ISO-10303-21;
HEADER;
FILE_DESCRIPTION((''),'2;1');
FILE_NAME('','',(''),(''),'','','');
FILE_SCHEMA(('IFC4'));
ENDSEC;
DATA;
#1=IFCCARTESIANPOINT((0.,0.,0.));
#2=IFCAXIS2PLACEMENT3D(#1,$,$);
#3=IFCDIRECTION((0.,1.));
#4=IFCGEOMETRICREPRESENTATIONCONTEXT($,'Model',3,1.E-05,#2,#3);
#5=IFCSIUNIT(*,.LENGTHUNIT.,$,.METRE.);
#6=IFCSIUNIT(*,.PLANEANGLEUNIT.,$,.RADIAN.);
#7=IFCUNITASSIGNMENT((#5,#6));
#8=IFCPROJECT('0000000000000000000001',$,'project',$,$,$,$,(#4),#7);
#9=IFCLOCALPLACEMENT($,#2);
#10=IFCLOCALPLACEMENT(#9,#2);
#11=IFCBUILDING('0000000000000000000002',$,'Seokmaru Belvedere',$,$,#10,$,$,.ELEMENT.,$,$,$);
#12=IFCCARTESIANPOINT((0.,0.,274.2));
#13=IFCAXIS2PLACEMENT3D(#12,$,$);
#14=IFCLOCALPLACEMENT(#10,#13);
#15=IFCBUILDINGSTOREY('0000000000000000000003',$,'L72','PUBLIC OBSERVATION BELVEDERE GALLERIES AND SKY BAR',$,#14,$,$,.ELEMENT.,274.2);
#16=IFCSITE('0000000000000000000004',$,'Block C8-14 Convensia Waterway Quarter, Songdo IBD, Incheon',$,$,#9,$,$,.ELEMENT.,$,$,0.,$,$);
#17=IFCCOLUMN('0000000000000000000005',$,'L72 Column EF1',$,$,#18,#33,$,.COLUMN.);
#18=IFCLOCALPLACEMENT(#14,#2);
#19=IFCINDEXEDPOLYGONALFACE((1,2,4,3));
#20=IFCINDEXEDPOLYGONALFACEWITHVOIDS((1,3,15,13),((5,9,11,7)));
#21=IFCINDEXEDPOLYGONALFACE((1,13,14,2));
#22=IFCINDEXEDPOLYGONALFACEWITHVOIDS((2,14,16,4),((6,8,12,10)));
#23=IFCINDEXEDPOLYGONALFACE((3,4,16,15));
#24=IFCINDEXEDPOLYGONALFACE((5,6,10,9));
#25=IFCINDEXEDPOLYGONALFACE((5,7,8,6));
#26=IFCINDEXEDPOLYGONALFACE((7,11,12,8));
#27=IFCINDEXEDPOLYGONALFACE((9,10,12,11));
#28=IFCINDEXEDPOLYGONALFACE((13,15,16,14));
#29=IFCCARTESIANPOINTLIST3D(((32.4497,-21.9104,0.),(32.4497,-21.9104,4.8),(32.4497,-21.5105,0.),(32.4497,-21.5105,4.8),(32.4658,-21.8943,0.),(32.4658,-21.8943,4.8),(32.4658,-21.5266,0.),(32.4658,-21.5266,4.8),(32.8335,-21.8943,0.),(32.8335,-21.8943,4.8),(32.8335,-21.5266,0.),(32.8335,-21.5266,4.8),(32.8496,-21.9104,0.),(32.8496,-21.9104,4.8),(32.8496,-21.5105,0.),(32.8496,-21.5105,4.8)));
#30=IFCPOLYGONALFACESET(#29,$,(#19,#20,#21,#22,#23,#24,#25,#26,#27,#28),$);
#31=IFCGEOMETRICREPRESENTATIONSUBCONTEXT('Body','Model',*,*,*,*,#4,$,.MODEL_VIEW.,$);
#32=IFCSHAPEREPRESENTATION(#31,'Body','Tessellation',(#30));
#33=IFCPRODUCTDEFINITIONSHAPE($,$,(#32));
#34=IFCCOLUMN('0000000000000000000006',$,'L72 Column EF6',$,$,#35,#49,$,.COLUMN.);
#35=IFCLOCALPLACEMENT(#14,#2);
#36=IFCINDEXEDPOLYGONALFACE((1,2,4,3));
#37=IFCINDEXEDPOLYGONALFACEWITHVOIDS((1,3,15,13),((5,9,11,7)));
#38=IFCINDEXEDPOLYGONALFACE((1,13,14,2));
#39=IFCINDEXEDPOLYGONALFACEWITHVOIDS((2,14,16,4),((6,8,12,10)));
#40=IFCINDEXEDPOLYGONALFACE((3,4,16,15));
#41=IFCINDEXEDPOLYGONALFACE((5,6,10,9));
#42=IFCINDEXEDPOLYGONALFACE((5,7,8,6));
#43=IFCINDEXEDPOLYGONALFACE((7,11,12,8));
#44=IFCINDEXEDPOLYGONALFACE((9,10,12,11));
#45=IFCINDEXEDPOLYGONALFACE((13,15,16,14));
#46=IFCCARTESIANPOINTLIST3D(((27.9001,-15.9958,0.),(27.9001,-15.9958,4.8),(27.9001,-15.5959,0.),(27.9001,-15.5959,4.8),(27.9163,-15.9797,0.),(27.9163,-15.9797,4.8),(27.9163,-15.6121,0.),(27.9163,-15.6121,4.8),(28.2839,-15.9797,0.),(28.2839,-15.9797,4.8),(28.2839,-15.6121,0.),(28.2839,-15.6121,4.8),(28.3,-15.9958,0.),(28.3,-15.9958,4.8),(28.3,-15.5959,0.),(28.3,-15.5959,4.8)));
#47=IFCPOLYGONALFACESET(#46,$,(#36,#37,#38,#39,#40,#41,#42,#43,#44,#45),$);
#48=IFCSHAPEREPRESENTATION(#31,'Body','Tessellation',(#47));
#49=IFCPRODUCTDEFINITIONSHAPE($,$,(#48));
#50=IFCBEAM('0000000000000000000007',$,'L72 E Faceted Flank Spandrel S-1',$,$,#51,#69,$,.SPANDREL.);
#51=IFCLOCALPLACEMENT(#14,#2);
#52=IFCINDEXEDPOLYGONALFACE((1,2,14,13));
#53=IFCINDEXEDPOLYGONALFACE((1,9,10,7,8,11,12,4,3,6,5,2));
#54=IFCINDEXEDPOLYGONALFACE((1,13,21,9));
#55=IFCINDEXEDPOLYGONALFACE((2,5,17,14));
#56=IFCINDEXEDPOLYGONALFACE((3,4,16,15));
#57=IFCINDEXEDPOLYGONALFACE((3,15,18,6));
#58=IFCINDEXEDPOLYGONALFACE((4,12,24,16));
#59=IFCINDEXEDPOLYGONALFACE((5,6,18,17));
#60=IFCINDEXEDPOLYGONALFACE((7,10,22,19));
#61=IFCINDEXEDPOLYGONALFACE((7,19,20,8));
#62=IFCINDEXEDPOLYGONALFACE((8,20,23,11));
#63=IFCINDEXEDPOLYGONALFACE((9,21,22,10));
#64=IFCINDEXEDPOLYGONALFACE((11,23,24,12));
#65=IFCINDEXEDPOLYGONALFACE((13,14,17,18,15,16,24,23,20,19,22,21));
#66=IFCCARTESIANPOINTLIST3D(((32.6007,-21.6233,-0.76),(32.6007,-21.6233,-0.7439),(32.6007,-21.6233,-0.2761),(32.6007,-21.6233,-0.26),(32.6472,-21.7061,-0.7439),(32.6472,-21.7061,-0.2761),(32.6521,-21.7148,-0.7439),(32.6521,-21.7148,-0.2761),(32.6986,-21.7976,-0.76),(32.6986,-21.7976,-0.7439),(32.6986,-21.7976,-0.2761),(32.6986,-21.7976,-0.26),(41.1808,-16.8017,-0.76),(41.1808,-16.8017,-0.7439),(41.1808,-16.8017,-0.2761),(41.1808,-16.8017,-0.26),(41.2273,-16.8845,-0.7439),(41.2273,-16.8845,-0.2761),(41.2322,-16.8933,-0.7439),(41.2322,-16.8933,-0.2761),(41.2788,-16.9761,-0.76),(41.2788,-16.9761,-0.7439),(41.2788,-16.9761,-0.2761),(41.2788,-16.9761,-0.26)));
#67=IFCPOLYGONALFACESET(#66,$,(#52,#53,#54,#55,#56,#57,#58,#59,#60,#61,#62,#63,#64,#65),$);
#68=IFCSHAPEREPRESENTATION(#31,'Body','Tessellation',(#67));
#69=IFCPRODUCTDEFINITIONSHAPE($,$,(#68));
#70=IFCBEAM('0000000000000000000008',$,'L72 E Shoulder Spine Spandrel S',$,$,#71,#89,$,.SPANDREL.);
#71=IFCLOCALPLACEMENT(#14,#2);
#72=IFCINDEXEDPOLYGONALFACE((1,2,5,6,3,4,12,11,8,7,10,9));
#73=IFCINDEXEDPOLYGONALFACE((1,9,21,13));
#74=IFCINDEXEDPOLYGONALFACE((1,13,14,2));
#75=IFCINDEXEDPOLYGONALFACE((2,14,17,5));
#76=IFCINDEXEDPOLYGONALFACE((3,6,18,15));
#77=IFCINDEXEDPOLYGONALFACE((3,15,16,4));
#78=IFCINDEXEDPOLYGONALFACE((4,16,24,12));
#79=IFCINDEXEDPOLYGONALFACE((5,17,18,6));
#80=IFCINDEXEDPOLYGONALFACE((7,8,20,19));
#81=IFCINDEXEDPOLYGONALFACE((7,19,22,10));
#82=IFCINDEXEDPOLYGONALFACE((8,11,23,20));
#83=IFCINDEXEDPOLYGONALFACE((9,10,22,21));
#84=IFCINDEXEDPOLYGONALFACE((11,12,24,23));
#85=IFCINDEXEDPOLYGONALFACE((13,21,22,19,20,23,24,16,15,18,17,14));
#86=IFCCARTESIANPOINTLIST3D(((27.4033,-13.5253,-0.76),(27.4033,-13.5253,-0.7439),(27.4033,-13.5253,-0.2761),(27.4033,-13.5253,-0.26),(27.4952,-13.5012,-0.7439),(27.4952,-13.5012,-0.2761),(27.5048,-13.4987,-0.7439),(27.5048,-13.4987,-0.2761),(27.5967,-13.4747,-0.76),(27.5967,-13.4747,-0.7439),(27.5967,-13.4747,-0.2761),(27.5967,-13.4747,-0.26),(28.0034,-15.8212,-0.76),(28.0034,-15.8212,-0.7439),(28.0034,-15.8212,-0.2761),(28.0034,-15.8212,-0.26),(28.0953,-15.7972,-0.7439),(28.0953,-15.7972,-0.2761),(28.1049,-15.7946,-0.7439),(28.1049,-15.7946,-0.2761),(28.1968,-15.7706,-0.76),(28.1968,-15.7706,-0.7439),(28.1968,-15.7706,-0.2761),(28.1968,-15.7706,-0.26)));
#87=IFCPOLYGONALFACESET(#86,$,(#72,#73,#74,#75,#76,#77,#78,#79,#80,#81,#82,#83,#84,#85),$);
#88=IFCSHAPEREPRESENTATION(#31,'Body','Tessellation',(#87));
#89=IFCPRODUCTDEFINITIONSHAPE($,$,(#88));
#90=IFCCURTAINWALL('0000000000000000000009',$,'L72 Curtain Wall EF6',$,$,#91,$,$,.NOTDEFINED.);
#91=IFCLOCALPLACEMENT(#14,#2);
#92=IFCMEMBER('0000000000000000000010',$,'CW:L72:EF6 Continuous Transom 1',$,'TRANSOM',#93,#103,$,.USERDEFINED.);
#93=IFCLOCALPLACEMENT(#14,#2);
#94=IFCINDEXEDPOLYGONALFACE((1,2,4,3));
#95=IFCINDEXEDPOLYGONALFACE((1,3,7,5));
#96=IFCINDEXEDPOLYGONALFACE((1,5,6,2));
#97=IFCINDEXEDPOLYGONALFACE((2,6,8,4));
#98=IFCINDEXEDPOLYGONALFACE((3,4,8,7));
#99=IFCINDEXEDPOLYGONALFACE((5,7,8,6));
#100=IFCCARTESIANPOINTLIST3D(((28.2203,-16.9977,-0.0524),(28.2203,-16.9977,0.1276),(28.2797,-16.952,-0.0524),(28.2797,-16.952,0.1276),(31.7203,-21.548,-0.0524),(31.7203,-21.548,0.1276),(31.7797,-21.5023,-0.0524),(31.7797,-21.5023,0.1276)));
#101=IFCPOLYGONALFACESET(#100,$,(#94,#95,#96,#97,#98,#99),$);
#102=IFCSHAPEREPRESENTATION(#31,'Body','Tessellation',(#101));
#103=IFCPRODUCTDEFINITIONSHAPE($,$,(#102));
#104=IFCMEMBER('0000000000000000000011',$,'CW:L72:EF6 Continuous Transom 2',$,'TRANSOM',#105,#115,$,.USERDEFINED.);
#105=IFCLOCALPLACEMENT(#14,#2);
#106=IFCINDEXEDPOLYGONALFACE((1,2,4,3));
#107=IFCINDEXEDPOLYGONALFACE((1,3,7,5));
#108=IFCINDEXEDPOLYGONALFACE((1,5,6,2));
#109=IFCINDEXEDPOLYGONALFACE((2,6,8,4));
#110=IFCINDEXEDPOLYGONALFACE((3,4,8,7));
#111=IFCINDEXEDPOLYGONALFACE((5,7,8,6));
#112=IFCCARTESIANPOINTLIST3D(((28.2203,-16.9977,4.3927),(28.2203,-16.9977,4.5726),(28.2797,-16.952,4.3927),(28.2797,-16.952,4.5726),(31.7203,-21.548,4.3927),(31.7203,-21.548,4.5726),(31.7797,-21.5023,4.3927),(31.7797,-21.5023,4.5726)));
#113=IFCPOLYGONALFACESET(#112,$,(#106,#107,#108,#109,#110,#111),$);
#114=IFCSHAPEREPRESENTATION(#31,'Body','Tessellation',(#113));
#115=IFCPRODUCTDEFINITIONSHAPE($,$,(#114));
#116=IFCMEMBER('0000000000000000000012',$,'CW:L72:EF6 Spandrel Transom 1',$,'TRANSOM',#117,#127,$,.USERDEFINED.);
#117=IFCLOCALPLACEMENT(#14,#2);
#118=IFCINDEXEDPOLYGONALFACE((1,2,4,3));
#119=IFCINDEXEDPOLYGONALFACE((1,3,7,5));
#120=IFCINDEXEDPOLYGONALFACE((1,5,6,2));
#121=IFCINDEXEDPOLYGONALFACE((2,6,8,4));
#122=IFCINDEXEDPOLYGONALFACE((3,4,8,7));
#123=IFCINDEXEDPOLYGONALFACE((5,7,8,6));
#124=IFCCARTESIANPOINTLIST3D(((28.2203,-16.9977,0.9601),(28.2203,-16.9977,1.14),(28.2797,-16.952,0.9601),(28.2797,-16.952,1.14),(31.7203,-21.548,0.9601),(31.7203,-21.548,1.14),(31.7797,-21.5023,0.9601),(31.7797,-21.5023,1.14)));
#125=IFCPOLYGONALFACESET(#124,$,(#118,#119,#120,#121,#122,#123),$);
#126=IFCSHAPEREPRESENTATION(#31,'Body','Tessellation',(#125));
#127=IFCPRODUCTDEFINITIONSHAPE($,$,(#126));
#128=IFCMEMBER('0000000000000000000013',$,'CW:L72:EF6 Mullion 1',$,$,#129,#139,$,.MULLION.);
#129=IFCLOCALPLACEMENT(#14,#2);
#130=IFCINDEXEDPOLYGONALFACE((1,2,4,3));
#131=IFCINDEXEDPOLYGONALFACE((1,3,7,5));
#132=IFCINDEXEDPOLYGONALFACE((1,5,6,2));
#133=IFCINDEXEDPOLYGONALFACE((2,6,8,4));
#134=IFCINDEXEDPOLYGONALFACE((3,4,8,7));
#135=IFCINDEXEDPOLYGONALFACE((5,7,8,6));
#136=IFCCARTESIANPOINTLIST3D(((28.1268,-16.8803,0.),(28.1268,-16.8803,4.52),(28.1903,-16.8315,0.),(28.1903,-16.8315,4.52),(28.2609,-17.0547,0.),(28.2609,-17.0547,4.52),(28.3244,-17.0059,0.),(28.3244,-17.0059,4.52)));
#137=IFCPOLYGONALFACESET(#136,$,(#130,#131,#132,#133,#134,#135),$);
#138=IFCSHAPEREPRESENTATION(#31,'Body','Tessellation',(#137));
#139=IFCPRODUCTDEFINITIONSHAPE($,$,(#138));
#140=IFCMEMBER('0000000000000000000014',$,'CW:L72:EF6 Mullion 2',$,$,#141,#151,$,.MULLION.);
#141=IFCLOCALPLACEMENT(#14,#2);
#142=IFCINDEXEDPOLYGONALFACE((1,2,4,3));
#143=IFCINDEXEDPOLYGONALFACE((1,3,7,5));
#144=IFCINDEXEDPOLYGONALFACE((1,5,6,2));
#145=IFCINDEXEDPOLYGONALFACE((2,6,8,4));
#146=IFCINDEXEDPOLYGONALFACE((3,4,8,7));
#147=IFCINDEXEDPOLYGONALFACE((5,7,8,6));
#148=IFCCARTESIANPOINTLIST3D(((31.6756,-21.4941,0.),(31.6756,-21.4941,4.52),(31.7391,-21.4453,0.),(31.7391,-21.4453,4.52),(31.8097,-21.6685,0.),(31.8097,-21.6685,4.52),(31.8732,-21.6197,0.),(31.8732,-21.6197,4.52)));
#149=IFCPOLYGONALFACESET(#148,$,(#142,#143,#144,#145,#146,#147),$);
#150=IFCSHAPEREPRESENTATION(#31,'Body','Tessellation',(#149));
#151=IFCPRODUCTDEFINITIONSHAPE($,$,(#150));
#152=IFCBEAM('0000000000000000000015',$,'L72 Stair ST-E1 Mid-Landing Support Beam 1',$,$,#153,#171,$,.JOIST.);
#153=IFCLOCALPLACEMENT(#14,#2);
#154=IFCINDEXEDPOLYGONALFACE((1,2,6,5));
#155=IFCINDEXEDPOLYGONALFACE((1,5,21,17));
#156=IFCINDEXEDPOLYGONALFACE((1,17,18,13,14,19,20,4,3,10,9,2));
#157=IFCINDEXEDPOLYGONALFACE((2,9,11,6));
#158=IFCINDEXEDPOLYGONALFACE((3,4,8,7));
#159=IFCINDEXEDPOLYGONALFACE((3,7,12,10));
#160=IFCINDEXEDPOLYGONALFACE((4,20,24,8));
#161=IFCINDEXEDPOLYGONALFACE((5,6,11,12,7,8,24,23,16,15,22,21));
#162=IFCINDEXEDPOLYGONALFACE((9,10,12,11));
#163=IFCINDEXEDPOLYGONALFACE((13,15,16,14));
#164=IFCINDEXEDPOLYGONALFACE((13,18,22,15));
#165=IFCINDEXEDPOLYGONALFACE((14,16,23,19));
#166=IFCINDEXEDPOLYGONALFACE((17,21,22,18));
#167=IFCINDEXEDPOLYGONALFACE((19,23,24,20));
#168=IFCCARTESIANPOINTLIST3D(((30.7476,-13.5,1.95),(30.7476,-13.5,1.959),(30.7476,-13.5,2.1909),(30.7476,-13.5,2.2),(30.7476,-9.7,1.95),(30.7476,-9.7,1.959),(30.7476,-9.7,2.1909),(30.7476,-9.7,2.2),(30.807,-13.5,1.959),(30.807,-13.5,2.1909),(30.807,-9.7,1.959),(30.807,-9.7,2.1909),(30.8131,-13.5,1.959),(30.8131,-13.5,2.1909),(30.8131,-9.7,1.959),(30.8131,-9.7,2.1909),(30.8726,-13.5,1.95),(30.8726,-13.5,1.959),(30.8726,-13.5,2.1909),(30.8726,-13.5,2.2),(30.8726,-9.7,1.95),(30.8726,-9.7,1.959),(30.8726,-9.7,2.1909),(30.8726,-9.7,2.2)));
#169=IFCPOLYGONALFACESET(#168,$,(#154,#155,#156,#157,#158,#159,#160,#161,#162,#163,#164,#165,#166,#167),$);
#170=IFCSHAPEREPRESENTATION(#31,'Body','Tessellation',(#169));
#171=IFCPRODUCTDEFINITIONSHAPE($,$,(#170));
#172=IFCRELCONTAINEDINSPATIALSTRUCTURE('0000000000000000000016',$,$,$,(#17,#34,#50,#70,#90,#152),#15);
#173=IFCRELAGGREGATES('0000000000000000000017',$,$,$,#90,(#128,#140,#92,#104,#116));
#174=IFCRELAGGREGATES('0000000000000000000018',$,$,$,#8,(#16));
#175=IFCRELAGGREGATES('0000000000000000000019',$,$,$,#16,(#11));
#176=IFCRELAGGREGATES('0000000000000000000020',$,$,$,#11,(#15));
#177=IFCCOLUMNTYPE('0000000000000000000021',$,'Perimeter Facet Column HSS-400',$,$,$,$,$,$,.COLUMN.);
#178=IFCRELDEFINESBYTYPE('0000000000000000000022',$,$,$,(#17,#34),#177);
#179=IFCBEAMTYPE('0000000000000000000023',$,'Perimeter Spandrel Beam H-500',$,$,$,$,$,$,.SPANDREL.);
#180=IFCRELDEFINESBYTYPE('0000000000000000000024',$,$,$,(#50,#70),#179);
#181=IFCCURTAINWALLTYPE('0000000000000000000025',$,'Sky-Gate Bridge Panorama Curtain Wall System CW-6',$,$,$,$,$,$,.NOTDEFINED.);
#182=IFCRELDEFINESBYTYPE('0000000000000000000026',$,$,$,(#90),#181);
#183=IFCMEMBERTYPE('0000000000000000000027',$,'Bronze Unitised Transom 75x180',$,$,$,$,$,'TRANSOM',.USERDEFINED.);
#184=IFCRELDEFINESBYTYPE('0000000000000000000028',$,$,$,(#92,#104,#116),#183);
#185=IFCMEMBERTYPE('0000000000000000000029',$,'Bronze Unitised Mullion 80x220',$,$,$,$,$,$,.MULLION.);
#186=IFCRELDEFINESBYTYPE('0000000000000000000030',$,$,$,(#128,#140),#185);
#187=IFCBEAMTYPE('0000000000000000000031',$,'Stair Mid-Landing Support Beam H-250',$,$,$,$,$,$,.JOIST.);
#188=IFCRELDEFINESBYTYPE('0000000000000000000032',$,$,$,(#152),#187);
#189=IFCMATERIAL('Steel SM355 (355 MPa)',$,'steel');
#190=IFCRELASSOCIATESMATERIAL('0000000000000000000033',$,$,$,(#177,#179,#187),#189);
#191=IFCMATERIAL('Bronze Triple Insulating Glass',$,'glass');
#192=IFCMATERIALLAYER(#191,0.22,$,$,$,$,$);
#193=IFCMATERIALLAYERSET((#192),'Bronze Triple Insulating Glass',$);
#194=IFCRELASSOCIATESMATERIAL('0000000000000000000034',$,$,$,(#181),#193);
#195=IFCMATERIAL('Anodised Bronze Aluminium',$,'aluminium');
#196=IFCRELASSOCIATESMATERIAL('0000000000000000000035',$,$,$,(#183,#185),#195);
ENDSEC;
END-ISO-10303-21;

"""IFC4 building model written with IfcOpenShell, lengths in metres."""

from ifc_helpers import new_model, si_unit, direction, frame, origin, origin_2d, place, context, subcontext, project, spatial, rectangle, hollow_rectangle, i_section, extrude, source, transform, mapped, material, layer, layer_set, material_profile, profile_set, type_object, type_shapes, element, aggregate, save


model = new_model("IFC4")

# Units and contexts
model_context = context("Model", 3, precision=1e-05, world=origin(), true_north=direction((0.0, 1.0)))
body_context = subcontext(model_context, "Body", "Model", "MODEL_VIEW")
ifc_project = project(units=[si_unit("LENGTHUNIT", "METRE"), si_unit("PLANEANGLEUNIT", "RADIAN")], contexts=[model_context])

# Site, building, storey
site_placement = place(None, origin())
site = spatial("IfcSite", under=ifc_project, at=site_placement, Name="Block C8-14 Convensia Waterway Quarter, Songdo IBD, Incheon", CompositionType="ELEMENT", RefElevation=0.0)
building_placement = place(site_placement, origin())
building = spatial("IfcBuilding", under=site, at=building_placement, Name="Seokmaru Belvedere", CompositionType="ELEMENT")
storey_placement = place(building_placement, frame((0.0, 0.0, 274.2)))
storey = spatial("IfcBuildingStorey", under=building, at=storey_placement, Name="L72", Description="PUBLIC OBSERVATION BELVEDERE GALLERIES AND SKY BAR", CompositionType="ELEMENT", Elevation=274.2)

# Columns
ifc_material_1 = material(Name="Steel SM355 (355 MPa)", Category="steel")
ifc_material_profile_1 = material_profile(ifc_material_1, hollow_rectangle(XDim=0.3999, YDim=0.3999, WallThickness=0.0161, at=origin_2d()), Name="HSS-400x400x16")
ifc_profile_set_1 = profile_set([ifc_material_profile_1], Name="Steel SM355 (355 MPa)")
column_type = type_object("IfcColumnType", Name="Perimeter Facet Column HSS-400", PredefinedType="COLUMN", material=ifc_profile_set_1)
shared_shape_1 = source(origin(), body_context, "Body", "SweptSolid", [
    extrude(hollow_rectangle(XDim=0.3999, YDim=0.3999, WallThickness=0.0161, at=origin_2d()), origin(), (0.0, 0.0, 1.0), 4.8),
])
type_shapes(column_type, [shared_shape_1])
for number, where, z_axis, x_axis, name in (
    (1, (32.6497, -21.7104, 0.0), (0.0, 0.0, 1.0), (1.0, 0.0, 0.0), "L72 Column EF1"),
    (2, (28.1001, -15.7959, 0.0), (0.0, 0.0, 1.0), (1.0, 0.0, 0.0), "L72 Column EF6"),
):
    element("IfcColumn", number, at=place(storey_placement, frame(where, z_axis=z_axis, x_axis=x_axis)), inside=storey, type_object=column_type, Name=name, PredefinedType="COLUMN", context=body_context, shape_type="MappedRepresentation", body=[
        mapped(shared_shape_1, transform((0.0, 0.0, 0.0), scale=1.0)),
    ])

# Beams
ifc_material_profile_2 = material_profile(ifc_material_1, i_section(OverallWidth=0.2, OverallDepth=0.5, WebThickness=0.01, FlangeThickness=0.0161, at=origin_2d()), Name="H-500x200x10x16")
ifc_profile_set_2 = profile_set([ifc_material_profile_2], Name="Steel SM355 (355 MPa)")
beam_type_1 = type_object("IfcBeamType", Name="Perimeter Spandrel Beam H-500", PredefinedType="SPANDREL", material=ifc_profile_set_2)
shared_shape_2 = source(origin(), body_context, "Body", "SweptSolid", [
    extrude(i_section(OverallWidth=0.2, OverallDepth=0.5, WebThickness=0.01, FlangeThickness=0.0161, at=origin_2d()), origin(), (0.0, 0.0, 1.0), 9.842),
])
beam_1_placement = place(storey_placement, frame((32.6497, -21.7104, -0.51), z_axis=(0.871782, 0.489894, 0.0), x_axis=(-0.489894, 0.871782, 0.0)))
element("IfcBeam", 3, at=beam_1_placement, inside=storey, type_object=beam_type_1, Name="L72 E Faceted Flank Spandrel S-1", PredefinedType="SPANDREL", context=body_context, shape_type="MappedRepresentation", body=[
    mapped(shared_shape_2, transform((0.0, 0.0, 0.0), scale=1.0)),
])
shared_shape_3 = source(origin(), body_context, "Body", "SweptSolid", [
    extrude(i_section(OverallWidth=0.2, OverallDepth=0.5, WebThickness=0.01, FlangeThickness=0.0161, at=origin_2d()), origin(), (0.0, 0.0, 1.0), 2.373),
])
type_shapes(beam_type_1, [shared_shape_2, shared_shape_3])
beam_2_placement = place(storey_placement, frame((28.1001, -15.7959, -0.51), z_axis=(-0.252883, 0.967497, 0.0), x_axis=(-0.967497, -0.252883, 0.0)))
element("IfcBeam", 4, at=beam_2_placement, inside=storey, type_object=beam_type_1, Name="L72 E Shoulder Spine Spandrel S", PredefinedType="SPANDREL", context=body_context, shape_type="MappedRepresentation", body=[
    mapped(shared_shape_3, transform((0.0, 0.0, 0.0), scale=1.0)),
])

# Curtain wall, members
ifc_material_2 = material(Name="Bronze Triple Insulating Glass", Category="glass")
ifc_layer_1 = layer(ifc_material_2, 0.22)
ifc_layer_set_1 = layer_set([ifc_layer_1], Name="Bronze Triple Insulating Glass")
curtain_wall_type = type_object("IfcCurtainWallType", Name="Sky-Gate Bridge Panorama Curtain Wall System CW-6", PredefinedType="NOTDEFINED", material=ifc_layer_set_1)
curtain_wall_placement = place(storey_placement, origin())
curtain_wall = element("IfcCurtainWall", 5, at=curtain_wall_placement, inside=storey, type_object=curtain_wall_type, Name="L72 Curtain Wall EF6", PredefinedType="NOTDEFINED")
ifc_material_3 = material(Name="Anodised Bronze Aluminium", Category="aluminium")
ifc_material_profile_3 = material_profile(ifc_material_3, rectangle(XDim=0.075, YDim=0.1799, at=origin_2d()), Name="CW-T-75x180")
ifc_profile_set_3 = profile_set([ifc_material_profile_3], Name="Anodised Bronze Aluminium")
member_type_1 = type_object("IfcMemberType", Name="Bronze Unitised Transom 75x180", ElementType="TRANSOM", PredefinedType="USERDEFINED", material=ifc_profile_set_3)
shared_shape_4 = source(origin(), body_context, "Body", "SweptSolid", [
    extrude(rectangle(XDim=0.075, YDim=0.1799, at=origin_2d()), origin(), (0.0, 0.0, 1.0), 5.7407),
])
type_shapes(member_type_1, [shared_shape_4])
member_1_placement = place(storey_placement, frame((28.25, -16.9749, 0.0376), z_axis=(0.609686, -0.792643, 0.0), x_axis=(0.792643, 0.609686, 0.0)))
member_1 = element("IfcMember", 6, at=member_1_placement, type_object=member_type_1, Name="CW:L72:EF6 Continuous Transom 1", ObjectType="TRANSOM", PredefinedType="USERDEFINED", context=body_context, shape_type="MappedRepresentation", body=[
    mapped(shared_shape_4, transform((0.0, 0.0, 0.0), scale=1.0)),
])
member_2_placement = place(storey_placement, frame((28.25, -16.9749, 4.4827), z_axis=(0.609686, -0.792643, 0.0), x_axis=(0.792643, 0.609686, 0.0)))
member_2 = element("IfcMember", 7, at=member_2_placement, type_object=member_type_1, Name="CW:L72:EF6 Continuous Transom 2", ObjectType="TRANSOM", PredefinedType="USERDEFINED", context=body_context, shape_type="MappedRepresentation", body=[
    mapped(shared_shape_4, transform((0.0, 0.0, 0.0), scale=1.0)),
])
member_3_placement = place(storey_placement, frame((28.25, -16.9749, 1.05), z_axis=(0.609686, -0.792643, 0.0), x_axis=(0.792643, 0.609686, 0.0)))
member_3 = element("IfcMember", 8, at=member_3_placement, type_object=member_type_1, Name="CW:L72:EF6 Spandrel Transom 1", ObjectType="TRANSOM", PredefinedType="USERDEFINED", context=body_context, shape_type="MappedRepresentation", body=[
    mapped(shared_shape_4, transform((0.0, 0.0, 0.0), scale=1.0)),
])
ifc_material_profile_4 = material_profile(ifc_material_3, rectangle(XDim=0.0801, YDim=0.22, at=origin_2d()), Name="CW-M-80x220")
ifc_profile_set_4 = profile_set([ifc_material_profile_4], Name="Anodised Bronze Aluminium")
member_type_2 = type_object("IfcMemberType", Name="Bronze Unitised Mullion 80x220", PredefinedType="MULLION", material=ifc_profile_set_4)
shared_shape_5 = source(origin(), body_context, "Body", "SweptSolid", [
    extrude(rectangle(XDim=0.0801, YDim=0.22, at=origin_2d()), origin(), (0.0, 0.0, 1.0), 4.52),
])
type_shapes(member_type_2, [shared_shape_5])
member_4_placement = place(storey_placement, frame((28.2256, -16.9431, 0.0), z_axis=(0.0, 0.0, 1.0), x_axis=(0.792631, 0.609701, 0.0)))
member_4 = element("IfcMember", 9, at=member_4_placement, type_object=member_type_2, Name="CW:L72:EF6 Mullion 1", PredefinedType="MULLION", context=body_context, shape_type="MappedRepresentation", body=[
    mapped(shared_shape_5, transform((0.0, 0.0, 0.0), scale=1.0)),
])
member_5_placement = place(storey_placement, frame((31.7744, -21.5569, 0.0), z_axis=(0.0, 0.0, 1.0), x_axis=(0.792631, 0.609701, 0.0)))
member_5 = element("IfcMember", 10, at=member_5_placement, type_object=member_type_2, Name="CW:L72:EF6 Mullion 2", PredefinedType="MULLION", context=body_context, shape_type="MappedRepresentation", body=[
    mapped(shared_shape_5, transform((0.0, 0.0, 0.0), scale=1.0)),
])

# Beam
ifc_material_profile_5 = material_profile(ifc_material_1, i_section(OverallWidth=0.125, OverallDepth=0.25, WebThickness=0.0061, FlangeThickness=0.009, at=origin_2d()), Name="H-250x125x6x9")
ifc_profile_set_5 = profile_set([ifc_material_profile_5], Name="Steel SM355 (355 MPa)")
beam_type_2 = type_object("IfcBeamType", Name="Stair Mid-Landing Support Beam H-250", PredefinedType="JOIST", material=ifc_profile_set_5)
shared_shape_6 = source(origin(), body_context, "Body", "SweptSolid", [
    extrude(i_section(OverallWidth=0.125, OverallDepth=0.25, WebThickness=0.0061, FlangeThickness=0.009, at=origin_2d()), origin(), (0.0, 0.0, 1.0), 3.8),
])
type_shapes(beam_type_2, [shared_shape_6])
beam_3_placement = place(storey_placement, frame((30.8101, -13.5, 2.075), z_axis=(0.0, 1.0, 0.0), x_axis=(-1.0, 0.0, 0.0)))
element("IfcBeam", 11, at=beam_3_placement, inside=storey, type_object=beam_type_2, Name="L72 Stair ST-E1 Mid-Landing Support Beam 1", PredefinedType="JOIST", context=body_context, shape_type="MappedRepresentation", body=[
    mapped(shared_shape_6, transform((0.0, 0.0, 0.0), scale=1.0)),
])

aggregate(curtain_wall, [member_4, member_5, member_1, member_2, member_3])

save(model, "model.ifc")
